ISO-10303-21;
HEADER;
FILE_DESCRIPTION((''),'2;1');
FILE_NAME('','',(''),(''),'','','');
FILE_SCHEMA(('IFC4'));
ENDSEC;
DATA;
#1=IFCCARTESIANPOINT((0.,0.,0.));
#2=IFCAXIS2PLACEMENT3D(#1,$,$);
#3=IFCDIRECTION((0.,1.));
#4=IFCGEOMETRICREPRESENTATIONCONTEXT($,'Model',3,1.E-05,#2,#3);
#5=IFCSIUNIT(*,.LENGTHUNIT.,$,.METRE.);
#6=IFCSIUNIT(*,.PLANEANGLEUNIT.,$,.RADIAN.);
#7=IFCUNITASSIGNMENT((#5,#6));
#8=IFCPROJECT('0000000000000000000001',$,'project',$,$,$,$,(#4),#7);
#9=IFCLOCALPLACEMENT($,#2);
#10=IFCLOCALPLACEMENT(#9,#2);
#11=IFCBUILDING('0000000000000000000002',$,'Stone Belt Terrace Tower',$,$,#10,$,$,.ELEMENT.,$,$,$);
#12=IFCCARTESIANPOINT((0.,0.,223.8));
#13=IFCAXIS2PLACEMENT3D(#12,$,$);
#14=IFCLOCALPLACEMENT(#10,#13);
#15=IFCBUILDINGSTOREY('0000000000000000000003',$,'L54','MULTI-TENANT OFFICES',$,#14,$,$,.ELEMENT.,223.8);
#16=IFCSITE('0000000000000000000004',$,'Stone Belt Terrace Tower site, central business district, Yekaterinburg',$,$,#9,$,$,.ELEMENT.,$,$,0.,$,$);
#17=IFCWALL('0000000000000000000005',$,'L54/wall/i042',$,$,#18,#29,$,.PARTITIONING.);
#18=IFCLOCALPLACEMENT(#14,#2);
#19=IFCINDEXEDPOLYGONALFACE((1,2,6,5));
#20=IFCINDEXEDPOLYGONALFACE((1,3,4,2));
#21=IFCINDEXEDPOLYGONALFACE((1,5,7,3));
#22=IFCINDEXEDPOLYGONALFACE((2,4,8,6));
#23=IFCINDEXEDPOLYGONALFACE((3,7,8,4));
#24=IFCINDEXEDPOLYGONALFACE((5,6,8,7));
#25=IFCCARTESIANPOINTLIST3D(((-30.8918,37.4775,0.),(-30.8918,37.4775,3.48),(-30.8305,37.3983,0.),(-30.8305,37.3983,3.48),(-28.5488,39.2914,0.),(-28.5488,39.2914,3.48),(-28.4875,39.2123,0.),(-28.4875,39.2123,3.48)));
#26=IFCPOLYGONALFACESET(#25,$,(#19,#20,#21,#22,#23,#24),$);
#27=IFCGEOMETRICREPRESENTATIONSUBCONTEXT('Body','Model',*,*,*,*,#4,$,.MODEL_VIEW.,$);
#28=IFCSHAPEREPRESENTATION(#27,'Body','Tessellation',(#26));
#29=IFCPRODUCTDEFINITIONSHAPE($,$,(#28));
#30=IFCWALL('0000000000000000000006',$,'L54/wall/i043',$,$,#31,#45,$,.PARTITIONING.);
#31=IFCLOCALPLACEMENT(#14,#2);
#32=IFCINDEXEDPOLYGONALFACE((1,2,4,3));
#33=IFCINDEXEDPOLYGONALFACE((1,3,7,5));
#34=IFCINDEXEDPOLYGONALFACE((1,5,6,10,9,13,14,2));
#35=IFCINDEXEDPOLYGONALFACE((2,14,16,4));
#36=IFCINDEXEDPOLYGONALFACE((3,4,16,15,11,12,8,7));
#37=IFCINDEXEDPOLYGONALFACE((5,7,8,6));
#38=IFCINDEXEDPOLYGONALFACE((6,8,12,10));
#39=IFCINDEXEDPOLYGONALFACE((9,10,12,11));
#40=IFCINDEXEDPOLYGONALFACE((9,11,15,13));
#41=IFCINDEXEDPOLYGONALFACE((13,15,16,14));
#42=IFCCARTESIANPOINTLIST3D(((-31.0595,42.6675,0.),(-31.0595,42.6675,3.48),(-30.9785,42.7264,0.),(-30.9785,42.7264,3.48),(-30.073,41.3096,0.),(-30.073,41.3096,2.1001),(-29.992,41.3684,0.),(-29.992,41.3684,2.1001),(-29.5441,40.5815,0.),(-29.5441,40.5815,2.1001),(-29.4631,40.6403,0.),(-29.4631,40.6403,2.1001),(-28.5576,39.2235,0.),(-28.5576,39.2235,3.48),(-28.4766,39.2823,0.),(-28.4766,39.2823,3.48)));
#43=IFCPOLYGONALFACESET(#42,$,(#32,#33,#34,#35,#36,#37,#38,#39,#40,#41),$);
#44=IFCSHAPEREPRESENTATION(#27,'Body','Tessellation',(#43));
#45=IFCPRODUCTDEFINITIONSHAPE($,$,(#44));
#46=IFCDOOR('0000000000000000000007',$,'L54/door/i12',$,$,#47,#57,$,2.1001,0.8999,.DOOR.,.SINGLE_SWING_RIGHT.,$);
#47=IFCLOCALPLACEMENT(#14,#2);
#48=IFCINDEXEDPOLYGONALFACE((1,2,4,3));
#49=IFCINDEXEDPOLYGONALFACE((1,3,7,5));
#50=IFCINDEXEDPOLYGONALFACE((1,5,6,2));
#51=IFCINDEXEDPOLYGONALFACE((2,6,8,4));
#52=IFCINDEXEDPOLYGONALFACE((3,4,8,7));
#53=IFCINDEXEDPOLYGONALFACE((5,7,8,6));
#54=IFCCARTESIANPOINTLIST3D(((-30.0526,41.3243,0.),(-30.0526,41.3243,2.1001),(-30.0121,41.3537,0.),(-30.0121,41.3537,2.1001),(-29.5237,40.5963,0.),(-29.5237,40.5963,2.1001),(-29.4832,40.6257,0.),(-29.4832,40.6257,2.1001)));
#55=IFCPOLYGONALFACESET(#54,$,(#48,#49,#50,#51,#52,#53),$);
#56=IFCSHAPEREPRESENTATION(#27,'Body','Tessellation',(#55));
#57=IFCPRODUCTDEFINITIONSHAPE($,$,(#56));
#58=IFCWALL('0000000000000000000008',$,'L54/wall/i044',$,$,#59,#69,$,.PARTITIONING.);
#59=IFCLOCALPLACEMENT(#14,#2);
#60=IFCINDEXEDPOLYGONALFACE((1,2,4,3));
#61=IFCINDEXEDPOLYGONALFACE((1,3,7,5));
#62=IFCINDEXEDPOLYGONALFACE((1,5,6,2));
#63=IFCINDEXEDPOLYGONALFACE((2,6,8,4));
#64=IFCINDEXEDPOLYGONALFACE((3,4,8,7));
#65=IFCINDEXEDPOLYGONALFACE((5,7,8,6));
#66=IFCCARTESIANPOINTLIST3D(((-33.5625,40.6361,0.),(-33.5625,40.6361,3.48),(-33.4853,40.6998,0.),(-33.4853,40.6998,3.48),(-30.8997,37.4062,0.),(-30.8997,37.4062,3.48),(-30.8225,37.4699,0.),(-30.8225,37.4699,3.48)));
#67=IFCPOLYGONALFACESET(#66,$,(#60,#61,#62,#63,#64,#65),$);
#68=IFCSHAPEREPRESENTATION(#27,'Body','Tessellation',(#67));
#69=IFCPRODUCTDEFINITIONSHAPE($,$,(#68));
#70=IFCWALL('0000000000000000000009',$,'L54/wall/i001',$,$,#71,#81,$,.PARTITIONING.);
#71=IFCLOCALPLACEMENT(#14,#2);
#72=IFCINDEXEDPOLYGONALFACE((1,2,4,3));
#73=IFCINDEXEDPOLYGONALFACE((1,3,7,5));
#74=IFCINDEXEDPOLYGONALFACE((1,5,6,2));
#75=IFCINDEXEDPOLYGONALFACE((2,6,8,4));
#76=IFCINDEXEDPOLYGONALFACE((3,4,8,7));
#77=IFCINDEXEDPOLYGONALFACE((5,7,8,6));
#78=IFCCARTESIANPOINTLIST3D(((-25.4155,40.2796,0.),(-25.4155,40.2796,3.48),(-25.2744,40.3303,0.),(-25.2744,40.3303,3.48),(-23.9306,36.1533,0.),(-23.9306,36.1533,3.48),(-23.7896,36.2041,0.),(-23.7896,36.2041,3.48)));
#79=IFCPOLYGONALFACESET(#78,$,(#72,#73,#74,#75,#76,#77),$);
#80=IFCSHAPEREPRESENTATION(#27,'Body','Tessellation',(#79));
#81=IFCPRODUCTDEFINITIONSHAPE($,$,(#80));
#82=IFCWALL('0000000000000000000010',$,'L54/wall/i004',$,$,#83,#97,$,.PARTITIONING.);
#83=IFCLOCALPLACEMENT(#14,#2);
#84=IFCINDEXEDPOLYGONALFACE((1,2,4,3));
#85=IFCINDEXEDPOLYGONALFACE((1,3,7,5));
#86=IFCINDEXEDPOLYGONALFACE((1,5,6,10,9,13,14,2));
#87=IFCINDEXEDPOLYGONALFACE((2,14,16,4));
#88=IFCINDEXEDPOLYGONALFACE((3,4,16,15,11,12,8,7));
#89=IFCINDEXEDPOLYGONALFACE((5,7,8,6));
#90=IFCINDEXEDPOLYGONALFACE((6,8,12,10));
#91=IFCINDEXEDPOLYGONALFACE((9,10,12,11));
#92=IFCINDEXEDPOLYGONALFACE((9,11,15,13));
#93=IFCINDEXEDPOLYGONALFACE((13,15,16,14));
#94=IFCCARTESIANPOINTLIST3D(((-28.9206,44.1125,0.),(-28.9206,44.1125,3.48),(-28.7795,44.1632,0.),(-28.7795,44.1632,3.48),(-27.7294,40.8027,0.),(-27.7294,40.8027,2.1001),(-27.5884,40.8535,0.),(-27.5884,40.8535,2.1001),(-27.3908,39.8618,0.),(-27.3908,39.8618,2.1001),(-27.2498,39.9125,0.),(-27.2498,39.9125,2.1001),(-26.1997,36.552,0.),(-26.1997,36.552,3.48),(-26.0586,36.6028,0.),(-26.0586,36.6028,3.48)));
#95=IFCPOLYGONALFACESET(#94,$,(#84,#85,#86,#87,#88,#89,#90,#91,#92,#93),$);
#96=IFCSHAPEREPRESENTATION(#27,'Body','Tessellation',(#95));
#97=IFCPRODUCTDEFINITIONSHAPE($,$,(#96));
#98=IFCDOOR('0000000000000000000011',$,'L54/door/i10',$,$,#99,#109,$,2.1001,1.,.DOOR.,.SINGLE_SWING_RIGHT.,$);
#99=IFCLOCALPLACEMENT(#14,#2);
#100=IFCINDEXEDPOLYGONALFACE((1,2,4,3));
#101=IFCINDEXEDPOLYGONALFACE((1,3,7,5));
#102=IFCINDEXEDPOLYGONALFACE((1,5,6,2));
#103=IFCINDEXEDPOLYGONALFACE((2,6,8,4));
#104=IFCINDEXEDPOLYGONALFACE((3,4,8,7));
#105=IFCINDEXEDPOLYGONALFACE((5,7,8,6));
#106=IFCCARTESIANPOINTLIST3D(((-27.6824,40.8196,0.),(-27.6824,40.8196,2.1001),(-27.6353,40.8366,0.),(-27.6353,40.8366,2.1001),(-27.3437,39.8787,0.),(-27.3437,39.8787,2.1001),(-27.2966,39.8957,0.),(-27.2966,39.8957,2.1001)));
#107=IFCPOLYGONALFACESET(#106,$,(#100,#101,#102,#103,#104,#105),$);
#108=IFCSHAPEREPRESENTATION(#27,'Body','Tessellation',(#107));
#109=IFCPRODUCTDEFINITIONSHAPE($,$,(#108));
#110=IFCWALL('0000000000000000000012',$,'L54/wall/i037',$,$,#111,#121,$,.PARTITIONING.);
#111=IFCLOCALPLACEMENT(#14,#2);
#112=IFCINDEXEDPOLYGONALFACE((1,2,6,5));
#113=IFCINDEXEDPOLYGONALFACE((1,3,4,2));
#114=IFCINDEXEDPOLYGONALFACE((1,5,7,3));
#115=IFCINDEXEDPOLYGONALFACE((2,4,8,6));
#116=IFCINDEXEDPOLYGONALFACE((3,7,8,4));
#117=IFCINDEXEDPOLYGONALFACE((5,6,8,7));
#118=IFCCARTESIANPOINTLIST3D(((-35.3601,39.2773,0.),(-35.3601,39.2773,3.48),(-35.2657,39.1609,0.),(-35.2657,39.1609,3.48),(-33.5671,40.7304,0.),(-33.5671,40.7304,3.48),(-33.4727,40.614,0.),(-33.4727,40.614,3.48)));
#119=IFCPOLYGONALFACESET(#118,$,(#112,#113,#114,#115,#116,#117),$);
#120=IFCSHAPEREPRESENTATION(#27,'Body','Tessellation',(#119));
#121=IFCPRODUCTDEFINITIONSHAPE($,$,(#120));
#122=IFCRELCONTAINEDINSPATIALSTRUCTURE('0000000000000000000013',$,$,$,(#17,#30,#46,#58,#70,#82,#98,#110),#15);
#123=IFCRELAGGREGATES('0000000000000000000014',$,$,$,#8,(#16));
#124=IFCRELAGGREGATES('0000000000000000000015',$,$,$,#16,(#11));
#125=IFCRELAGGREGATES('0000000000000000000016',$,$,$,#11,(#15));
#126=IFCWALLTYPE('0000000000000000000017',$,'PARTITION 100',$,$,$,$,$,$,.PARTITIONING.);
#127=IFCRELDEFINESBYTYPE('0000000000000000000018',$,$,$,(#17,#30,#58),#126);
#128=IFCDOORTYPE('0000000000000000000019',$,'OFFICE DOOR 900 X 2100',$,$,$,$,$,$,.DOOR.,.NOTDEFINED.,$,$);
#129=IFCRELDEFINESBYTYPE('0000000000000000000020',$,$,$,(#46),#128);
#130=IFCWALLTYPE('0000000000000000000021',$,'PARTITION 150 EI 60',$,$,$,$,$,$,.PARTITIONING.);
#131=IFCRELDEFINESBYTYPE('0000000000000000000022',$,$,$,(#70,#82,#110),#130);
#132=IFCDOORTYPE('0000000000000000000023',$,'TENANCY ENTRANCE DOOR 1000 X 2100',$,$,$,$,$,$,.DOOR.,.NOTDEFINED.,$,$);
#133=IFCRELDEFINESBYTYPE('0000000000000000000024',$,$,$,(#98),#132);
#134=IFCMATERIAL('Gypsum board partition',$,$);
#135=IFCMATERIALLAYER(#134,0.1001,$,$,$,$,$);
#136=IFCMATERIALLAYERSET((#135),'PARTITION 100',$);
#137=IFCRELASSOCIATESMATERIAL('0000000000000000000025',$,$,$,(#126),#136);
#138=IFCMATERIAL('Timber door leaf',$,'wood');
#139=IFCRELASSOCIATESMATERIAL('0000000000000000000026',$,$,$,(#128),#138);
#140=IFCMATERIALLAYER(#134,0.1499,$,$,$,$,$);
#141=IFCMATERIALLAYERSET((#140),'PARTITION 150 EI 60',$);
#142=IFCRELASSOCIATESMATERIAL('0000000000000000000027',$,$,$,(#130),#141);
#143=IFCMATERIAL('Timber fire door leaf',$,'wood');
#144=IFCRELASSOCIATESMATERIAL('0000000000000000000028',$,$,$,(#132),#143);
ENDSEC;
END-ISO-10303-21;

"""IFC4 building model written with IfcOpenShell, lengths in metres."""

from ifc_helpers import new_model, si_unit, direction, frame, frame_2d, origin, place, context, subcontext, project, spatial, rectangle, extrude, material, layer, layer_set, type_object, element, fill, save


model = new_model("IFC4")

# Units and contexts
model_context = context("Model", 3, precision=1e-05, world=origin(), true_north=direction((0.0, 1.0)))
body_context = subcontext(model_context, "Body", "Model", "MODEL_VIEW")
ifc_project = project(units=[si_unit("LENGTHUNIT", "METRE"), si_unit("PLANEANGLEUNIT", "RADIAN")], contexts=[model_context])

# Site, building, storey
site_placement = place(None, origin())
site = spatial("IfcSite", under=ifc_project, at=site_placement, Name="Stone Belt Terrace Tower site, central business district, Yekaterinburg", CompositionType="ELEMENT", RefElevation=0.0)
building_placement = place(site_placement, origin())
building = spatial("IfcBuilding", under=site, at=building_placement, Name="Stone Belt Terrace Tower", CompositionType="ELEMENT")
storey_placement = place(building_placement, frame((0.0, 0.0, 223.8)))
storey = spatial("IfcBuildingStorey", under=building, at=storey_placement, Name="L54", Description="MULTI-TENANT OFFICES", CompositionType="ELEMENT", Elevation=223.8)

# Shared definitions
ifc_material_1 = material(Name="Timber door leaf", Category="wood")

# Wall
ifc_material_2 = material(Name="Gypsum board partition")
ifc_layer_1 = layer(ifc_material_2, 0.1001)
ifc_layer_set_1 = layer_set([ifc_layer_1], Name="PARTITION 100")
wall_type_1 = type_object("IfcWallType", Name="PARTITION 100", PredefinedType="PARTITIONING", material=ifc_layer_set_1)
wall_1_placement = place(storey_placement, frame((-30.8611, 37.438, 0.0), z_axis=(0.0, 0.0, 1.0), x_axis=(0.790721, 0.612177, 0.0)))
element("IfcWall", 1, at=wall_1_placement, inside=storey, type_object=wall_type_1, Name="L54/wall/i042", PredefinedType="PARTITIONING", context=body_context, shape_type="SweptSolid", body=[
    extrude(rectangle(XDim=2.9631, YDim=0.1001, at=frame_2d((1.4814, 0.0))), origin(), (0.0, 0.0, 1.0), 3.48),
])

# Wall, opening, door
wall_2_placement = place(storey_placement, frame((-28.5171, 39.2529, 0.0), z_axis=(0.0, 0.0, 1.0), x_axis=(-0.587735, 0.809053, 0.0)))
wall_2 = element("IfcWall", 2, at=wall_2_placement, inside=storey, type_object=wall_type_1, Name="L54/wall/i043", PredefinedType="PARTITIONING", context=body_context, shape_type="SweptSolid", body=[
    extrude(rectangle(XDim=4.2568, YDim=0.1001, at=frame_2d((2.1284, 0.0))), origin(), (0.0, 0.0, 1.0), 3.48),
])
opening_1_placement = place(wall_2_placement, frame((1.6785, 0.0, 0.0)))
opening_1 = element("IfcOpeningElement", 3, at=opening_1_placement, cuts=wall_2, PredefinedType="OPENING", context=body_context, shape_type="SweptSolid", body=[
    extrude(rectangle(XDim=0.8999, YDim=2.1001, at=frame_2d((0.45, 1.05))), frame((0.0, 0.0601, 0.0), z_axis=(0.0, -1.0, 0.0), x_axis=(1.0, 0.0, 0.0)), (0.0, 0.0, 1.0), 0.1201),
])
door_type_1 = type_object("IfcDoorType", Name="OFFICE DOOR 900 X 2100", OperationType="NOTDEFINED", PredefinedType="DOOR", material=ifc_material_1)
door_1_placement = place(opening_1_placement, origin())
door_1 = element("IfcDoor", 4, at=door_1_placement, inside=storey, type_object=door_type_1, Name="L54/door/i12", OperationType="SINGLE_SWING_RIGHT", OverallHeight=2.1001, OverallWidth=0.8999, PredefinedType="DOOR", context=body_context, shape_type="SweptSolid", body=[
    extrude(rectangle(XDim=0.8999, YDim=2.1001, at=frame_2d((0.45, 1.05))), frame((0.0, 0.0249, 0.0), z_axis=(0.0, -1.0, 0.0), x_axis=(1.0, 0.0, 0.0)), (0.0, 0.0, 1.0), 0.05),
])
fill(opening_1, door_1)

# Walls
wall_3_placement = place(storey_placement, frame((-33.5239, 40.668, 0.0), z_axis=(0.0, 0.0, 1.0), x_axis=(0.636114, -0.771595, 0.0)))
element("IfcWall", 5, at=wall_3_placement, inside=storey, type_object=wall_type_1, Name="L54/wall/i044", PredefinedType="PARTITIONING", context=body_context, shape_type="SweptSolid", body=[
    extrude(rectangle(XDim=4.186, YDim=0.1001, at=frame_2d((2.093, 0.0))), origin(), (0.0, 0.0, 1.0), 3.48),
])
ifc_layer_2 = layer(ifc_material_2, 0.1499)
ifc_layer_set_2 = layer_set([ifc_layer_2], Name="PARTITION 150 EI 60")
wall_type_2 = type_object("IfcWallType", Name="PARTITION 150 EI 60", PredefinedType="PARTITIONING", material=ifc_layer_set_2)
wall_4_placement = place(storey_placement, frame((-25.345, 40.3049, 0.0), z_axis=(0.0, 0.0, 1.0), x_axis=(0.338603, -0.940929, 0.0)))
element("IfcWall", 6, at=wall_4_placement, inside=storey, type_object=wall_type_2, Name="L54/wall/i001", PredefinedType="PARTITIONING", context=body_context, shape_type="SweptSolid", body=[
    extrude(rectangle(XDim=4.3853, YDim=0.1499, at=frame_2d((2.1926, 0.0))), origin(), (0.0, 0.0, 1.0), 3.48),
])

# Wall, opening, door
wall_5_placement = place(storey_placement, frame((-26.1292, 36.5774, 0.0), z_axis=(0.0, 0.0, 1.0), x_axis=(-0.338626, 0.940921, 0.0)))
wall_5 = element("IfcWall", 7, at=wall_5_placement, inside=storey, type_object=wall_type_2, Name="L54/wall/i004", PredefinedType="PARTITIONING", context=body_context, shape_type="SweptSolid", body=[
    extrude(rectangle(XDim=8.0352, YDim=0.1499, at=frame_2d((4.0176, 0.0))), origin(), (0.0, 0.0, 1.0), 3.48),
])
opening_2_placement = place(wall_5_placement, frame((3.5176, 0.0, 0.0)))
opening_2 = element("IfcOpeningElement", 8, at=opening_2_placement, cuts=wall_5, PredefinedType="OPENING", context=body_context, shape_type="SweptSolid", body=[
    extrude(rectangle(XDim=1.0, YDim=2.1001, at=frame_2d((0.5, 1.05))), frame((0.0, 0.085, 0.0), z_axis=(0.0, -1.0, 0.0), x_axis=(1.0, 0.0, 0.0)), (0.0, 0.0, 1.0), 0.1699),
])
ifc_material_3 = material(Name="Timber fire door leaf", Category="wood")
door_type_2 = type_object("IfcDoorType", Name="TENANCY ENTRANCE DOOR 1000 X 2100", OperationType="NOTDEFINED", PredefinedType="DOOR", material=ifc_material_3)
door_2_placement = place(opening_2_placement, origin())
door_2 = element("IfcDoor", 9, at=door_2_placement, inside=storey, type_object=door_type_2, Name="L54/door/i10", OperationType="SINGLE_SWING_RIGHT", OverallHeight=2.1001, OverallWidth=1.0, PredefinedType="DOOR", context=body_context, shape_type="SweptSolid", body=[
    extrude(rectangle(XDim=1.0, YDim=2.1001, at=frame_2d((0.5, 1.05))), frame((0.0, 0.0249, 0.0), z_axis=(0.0, -1.0, 0.0), x_axis=(1.0, 0.0, 0.0)), (0.0, 0.0, 1.0), 0.05),
])
fill(opening_2, door_2)

# Wall
wall_6_placement = place(storey_placement, frame((-33.52, 40.6721, 0.0), z_axis=(0.0, 0.0, 1.0), x_axis=(-0.77689, -0.629636, 0.0)))
element("IfcWall", 10, at=wall_6_placement, inside=storey, type_object=wall_type_2, Name="L54/wall/i037", PredefinedType="PARTITIONING", context=body_context, shape_type="SweptSolid", body=[
    extrude(rectangle(XDim=2.3079, YDim=0.1499, at=frame_2d((1.1538, 0.0))), origin(), (0.0, 0.0, 1.0), 3.48),
])

save(model, "model.ifc")
